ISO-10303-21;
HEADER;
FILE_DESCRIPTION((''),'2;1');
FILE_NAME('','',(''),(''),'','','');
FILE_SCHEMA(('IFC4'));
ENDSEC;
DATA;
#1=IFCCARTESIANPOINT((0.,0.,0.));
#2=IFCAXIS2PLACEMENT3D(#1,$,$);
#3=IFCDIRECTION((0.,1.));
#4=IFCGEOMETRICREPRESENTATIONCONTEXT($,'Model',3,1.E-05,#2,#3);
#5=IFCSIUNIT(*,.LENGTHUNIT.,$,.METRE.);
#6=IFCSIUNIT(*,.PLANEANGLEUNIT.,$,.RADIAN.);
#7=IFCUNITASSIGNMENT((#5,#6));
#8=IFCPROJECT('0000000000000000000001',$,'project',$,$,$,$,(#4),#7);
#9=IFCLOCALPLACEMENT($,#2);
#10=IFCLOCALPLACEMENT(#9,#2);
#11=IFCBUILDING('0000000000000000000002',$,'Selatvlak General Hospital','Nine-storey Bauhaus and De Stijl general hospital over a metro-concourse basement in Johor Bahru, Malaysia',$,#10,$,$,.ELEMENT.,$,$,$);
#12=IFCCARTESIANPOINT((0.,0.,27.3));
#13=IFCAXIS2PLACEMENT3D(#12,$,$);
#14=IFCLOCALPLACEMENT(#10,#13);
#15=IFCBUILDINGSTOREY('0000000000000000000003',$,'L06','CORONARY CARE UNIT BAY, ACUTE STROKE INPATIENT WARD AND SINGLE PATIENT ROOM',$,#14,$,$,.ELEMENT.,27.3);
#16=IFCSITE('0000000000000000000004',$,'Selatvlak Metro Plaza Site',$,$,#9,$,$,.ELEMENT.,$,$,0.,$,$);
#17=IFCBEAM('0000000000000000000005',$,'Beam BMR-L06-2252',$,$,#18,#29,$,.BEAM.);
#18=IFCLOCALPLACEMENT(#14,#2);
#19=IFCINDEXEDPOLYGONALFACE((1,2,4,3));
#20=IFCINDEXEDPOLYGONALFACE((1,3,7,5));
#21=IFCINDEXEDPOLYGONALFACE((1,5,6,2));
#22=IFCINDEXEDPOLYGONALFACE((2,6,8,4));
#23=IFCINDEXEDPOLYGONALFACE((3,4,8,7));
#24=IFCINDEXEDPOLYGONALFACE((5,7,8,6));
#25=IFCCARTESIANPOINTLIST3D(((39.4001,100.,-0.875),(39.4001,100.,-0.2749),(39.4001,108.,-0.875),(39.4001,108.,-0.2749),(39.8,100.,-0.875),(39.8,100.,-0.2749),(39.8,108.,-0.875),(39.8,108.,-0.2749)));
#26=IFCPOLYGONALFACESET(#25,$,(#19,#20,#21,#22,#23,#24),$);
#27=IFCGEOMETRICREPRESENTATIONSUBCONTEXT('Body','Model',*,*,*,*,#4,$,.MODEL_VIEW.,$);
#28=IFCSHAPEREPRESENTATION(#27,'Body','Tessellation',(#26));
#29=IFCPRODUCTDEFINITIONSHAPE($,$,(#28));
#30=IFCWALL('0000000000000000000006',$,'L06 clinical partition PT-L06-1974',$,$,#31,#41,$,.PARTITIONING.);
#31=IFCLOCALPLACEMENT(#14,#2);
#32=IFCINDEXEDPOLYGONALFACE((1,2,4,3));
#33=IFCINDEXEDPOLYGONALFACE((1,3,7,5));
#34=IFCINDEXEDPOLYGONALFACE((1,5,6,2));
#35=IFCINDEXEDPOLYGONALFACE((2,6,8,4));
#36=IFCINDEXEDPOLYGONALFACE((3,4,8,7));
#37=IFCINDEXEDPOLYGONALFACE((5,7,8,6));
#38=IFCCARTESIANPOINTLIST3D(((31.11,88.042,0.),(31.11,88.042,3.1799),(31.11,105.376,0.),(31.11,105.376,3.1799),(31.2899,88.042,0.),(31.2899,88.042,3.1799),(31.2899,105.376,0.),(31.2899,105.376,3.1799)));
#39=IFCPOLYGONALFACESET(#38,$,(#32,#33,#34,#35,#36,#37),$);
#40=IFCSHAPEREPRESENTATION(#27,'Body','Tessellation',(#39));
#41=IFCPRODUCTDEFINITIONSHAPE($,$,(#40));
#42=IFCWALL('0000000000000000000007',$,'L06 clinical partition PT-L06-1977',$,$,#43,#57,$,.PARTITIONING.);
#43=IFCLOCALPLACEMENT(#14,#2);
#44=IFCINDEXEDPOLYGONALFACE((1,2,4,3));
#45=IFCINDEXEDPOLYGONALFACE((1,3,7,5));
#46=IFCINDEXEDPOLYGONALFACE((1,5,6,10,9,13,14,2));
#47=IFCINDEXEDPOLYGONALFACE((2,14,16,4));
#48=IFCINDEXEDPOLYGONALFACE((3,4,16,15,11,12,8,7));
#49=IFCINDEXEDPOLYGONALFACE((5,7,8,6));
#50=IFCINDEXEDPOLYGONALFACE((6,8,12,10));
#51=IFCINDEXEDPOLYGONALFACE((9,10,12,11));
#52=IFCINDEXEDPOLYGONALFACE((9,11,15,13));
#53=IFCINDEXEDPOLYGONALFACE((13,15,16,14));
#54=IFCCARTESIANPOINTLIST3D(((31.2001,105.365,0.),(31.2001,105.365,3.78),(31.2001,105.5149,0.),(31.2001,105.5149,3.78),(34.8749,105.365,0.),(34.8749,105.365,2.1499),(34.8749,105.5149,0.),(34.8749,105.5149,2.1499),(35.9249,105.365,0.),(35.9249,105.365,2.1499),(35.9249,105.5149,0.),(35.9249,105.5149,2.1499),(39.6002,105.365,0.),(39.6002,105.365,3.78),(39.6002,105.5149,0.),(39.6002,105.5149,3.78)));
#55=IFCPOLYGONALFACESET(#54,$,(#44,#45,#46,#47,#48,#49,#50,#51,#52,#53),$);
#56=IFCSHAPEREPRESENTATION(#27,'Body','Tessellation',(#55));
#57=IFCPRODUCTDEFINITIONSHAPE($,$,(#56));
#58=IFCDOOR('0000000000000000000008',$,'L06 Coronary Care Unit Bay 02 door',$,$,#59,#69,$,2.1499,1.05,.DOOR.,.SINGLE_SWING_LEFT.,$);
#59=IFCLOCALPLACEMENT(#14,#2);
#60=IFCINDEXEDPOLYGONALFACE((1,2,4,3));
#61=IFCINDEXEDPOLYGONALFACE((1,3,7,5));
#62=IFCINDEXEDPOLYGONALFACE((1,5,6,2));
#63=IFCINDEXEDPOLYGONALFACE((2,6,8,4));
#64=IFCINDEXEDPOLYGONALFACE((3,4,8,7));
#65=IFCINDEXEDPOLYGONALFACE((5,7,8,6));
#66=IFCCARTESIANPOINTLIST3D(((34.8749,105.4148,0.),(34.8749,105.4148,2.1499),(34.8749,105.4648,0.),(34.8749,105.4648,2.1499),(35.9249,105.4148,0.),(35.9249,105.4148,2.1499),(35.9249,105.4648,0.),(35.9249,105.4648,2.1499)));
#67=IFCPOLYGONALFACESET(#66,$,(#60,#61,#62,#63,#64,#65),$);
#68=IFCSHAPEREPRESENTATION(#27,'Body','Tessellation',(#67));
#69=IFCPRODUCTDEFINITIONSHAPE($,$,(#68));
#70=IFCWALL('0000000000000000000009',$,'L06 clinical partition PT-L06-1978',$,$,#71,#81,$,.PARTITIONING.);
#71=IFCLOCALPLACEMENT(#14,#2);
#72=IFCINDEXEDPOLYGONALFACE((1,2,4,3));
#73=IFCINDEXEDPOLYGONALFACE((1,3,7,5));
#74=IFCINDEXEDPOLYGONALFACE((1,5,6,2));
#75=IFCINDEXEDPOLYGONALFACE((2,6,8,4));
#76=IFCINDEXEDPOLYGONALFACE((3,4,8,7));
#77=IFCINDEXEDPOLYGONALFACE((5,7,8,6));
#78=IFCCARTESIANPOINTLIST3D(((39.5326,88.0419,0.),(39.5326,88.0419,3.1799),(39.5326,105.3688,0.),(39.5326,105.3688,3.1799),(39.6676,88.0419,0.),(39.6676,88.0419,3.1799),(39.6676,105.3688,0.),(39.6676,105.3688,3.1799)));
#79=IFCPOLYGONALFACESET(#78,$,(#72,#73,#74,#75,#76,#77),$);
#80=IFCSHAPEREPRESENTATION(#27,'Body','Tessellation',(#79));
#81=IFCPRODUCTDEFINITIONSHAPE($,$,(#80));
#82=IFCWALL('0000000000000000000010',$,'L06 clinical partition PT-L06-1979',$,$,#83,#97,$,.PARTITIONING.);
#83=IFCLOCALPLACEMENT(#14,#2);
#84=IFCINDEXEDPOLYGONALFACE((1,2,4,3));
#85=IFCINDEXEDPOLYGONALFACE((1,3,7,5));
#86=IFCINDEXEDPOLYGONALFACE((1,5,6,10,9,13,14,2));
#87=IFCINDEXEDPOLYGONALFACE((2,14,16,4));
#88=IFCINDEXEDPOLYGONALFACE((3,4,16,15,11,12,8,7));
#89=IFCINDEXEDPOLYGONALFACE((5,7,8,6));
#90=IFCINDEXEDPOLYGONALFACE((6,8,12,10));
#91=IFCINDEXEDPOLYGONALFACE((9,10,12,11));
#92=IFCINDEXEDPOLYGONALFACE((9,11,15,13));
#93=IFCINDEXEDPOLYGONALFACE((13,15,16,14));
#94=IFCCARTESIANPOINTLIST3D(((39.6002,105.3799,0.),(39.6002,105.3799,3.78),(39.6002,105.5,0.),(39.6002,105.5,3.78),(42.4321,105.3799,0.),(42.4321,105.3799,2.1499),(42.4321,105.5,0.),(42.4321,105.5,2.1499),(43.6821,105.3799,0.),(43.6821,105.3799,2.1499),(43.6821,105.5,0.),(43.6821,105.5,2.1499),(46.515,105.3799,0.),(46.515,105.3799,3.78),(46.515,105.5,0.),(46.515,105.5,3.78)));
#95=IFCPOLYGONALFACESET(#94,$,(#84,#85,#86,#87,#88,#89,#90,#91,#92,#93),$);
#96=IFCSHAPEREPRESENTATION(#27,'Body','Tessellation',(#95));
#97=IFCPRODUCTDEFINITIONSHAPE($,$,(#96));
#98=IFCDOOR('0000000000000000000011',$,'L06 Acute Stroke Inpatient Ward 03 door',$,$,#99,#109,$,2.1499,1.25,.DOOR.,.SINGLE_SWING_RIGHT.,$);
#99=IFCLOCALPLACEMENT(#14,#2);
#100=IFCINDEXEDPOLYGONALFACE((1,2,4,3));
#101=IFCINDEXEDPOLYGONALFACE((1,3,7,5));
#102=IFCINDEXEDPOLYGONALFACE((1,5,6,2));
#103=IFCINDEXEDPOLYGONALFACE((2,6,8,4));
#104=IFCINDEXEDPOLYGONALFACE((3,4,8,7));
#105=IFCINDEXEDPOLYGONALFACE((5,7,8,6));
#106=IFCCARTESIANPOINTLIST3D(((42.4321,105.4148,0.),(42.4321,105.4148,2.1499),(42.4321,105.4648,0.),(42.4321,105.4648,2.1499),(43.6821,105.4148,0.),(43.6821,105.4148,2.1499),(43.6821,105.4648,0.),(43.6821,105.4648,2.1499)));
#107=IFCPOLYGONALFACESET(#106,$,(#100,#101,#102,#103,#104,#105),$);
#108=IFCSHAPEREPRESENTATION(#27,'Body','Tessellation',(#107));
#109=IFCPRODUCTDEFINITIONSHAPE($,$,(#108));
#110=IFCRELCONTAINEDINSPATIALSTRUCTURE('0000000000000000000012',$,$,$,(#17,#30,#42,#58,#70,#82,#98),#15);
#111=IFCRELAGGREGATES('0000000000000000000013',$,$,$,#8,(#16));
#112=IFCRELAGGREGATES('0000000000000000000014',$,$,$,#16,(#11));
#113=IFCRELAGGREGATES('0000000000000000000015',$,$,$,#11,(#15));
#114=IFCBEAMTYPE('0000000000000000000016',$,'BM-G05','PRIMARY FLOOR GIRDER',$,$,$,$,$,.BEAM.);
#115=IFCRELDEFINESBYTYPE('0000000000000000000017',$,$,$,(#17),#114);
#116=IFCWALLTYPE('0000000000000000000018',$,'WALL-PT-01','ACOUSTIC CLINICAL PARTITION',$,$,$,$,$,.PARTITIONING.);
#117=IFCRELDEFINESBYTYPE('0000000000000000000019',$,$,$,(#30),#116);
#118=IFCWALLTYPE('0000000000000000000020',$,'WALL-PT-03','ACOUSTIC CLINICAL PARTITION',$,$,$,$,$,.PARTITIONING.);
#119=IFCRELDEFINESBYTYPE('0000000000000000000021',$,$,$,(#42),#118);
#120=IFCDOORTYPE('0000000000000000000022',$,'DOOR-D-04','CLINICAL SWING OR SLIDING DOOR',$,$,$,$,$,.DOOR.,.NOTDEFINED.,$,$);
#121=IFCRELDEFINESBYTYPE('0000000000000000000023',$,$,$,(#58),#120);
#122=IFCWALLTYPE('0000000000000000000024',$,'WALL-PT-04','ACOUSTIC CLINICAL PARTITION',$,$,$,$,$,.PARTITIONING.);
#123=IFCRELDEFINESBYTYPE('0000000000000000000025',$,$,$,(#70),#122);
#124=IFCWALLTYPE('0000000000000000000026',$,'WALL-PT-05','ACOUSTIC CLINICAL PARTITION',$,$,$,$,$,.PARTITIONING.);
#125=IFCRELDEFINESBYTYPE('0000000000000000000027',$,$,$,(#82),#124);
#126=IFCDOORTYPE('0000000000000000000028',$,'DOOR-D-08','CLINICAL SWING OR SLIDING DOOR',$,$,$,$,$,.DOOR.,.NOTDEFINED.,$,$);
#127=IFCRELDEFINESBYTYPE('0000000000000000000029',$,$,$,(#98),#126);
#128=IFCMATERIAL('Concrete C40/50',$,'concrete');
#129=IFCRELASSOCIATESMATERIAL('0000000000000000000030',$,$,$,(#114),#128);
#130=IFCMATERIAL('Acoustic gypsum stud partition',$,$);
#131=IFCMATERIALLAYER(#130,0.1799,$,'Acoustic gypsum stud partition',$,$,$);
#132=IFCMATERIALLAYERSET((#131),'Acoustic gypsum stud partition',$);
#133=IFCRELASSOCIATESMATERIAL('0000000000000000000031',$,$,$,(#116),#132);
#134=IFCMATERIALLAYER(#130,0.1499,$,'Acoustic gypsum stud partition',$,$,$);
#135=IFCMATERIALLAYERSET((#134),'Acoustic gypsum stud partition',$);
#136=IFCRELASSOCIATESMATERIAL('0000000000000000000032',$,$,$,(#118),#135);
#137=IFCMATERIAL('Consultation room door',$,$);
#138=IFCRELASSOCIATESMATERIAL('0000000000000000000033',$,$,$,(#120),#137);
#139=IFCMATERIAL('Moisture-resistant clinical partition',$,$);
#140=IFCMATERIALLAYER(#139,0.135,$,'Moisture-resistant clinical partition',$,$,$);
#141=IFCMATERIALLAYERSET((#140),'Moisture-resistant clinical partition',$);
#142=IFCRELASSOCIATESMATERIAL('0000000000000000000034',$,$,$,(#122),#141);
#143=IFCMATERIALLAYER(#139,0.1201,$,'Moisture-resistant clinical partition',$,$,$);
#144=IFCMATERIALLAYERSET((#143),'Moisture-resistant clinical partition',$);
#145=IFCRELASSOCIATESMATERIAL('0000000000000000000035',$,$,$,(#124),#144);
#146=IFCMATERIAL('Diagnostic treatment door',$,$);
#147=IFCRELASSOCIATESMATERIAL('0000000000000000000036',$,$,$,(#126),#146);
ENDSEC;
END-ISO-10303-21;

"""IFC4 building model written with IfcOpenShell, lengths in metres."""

from ifc_helpers import new_model, si_unit, direction, frame, frame_2d, origin, origin_2d, place, context, subcontext, project, spatial, rectangle, extrude, material, layer, layer_set, material_profile, profile_set, type_object, element, fill, save


model = new_model("IFC4")

# Units and contexts
model_context = context("Model", 3, precision=1e-05, world=origin(), true_north=direction((0.0, 1.0)))
body_context = subcontext(model_context, "Body", "Model", "MODEL_VIEW")
ifc_project = project(units=[si_unit("LENGTHUNIT", "METRE"), si_unit("PLANEANGLEUNIT", "RADIAN")], contexts=[model_context])

# Site, building, storey
site_placement = place(None, origin())
site = spatial("IfcSite", under=ifc_project, at=site_placement, Name="Selatvlak Metro Plaza Site", CompositionType="ELEMENT", RefElevation=0.0)
building_placement = place(site_placement, origin())
building = spatial("IfcBuilding", under=site, at=building_placement, Name="Selatvlak General Hospital", Description="Nine-storey Bauhaus and De Stijl general hospital over a metro-concourse basement in Johor Bahru, Malaysia", CompositionType="ELEMENT")
storey_placement = place(building_placement, frame((0.0, 0.0, 27.3)))
storey = spatial("IfcBuildingStorey", under=building, at=storey_placement, Name="L06", Description="CORONARY CARE UNIT BAY, ACUTE STROKE INPATIENT WARD AND SINGLE PATIENT ROOM", CompositionType="ELEMENT", Elevation=27.3)

# Shared definitions
ifc_material_1 = material(Name="Concrete C40/50", Category="concrete")

# Beam
ifc_material_profile_1 = material_profile(ifc_material_1, rectangle(XDim=0.3999, YDim=0.6001, at=origin_2d()), Name="RC-BM 400x600")
ifc_profile_set_1 = profile_set([ifc_material_profile_1], Name="Concrete C40/50")
beam_type_1 = type_object("IfcBeamType", Name="BM-G05", Description="PRIMARY FLOOR GIRDER", PredefinedType="BEAM", material=ifc_profile_set_1)
for number, where, z_axis, x_axis, name in (
    (1, (39.6001, 100.0, -0.575), (0.0, 1.0, 0.0), (-1.0, 0.0, 0.0), "Beam BMR-L06-2252"),
):
    element("IfcBeam", number, at=place(storey_placement, frame(where, z_axis=z_axis, x_axis=x_axis)), inside=storey, type_object=beam_type_1, Name=name, PredefinedType="BEAM", context=body_context, shape_type="SweptSolid", body=[
        extrude(rectangle(XDim=0.3999, YDim=0.6001, at=origin_2d()), origin(), (0.0, 0.0, 1.0), 8.0),
    ])

# Wall
ifc_material_2 = material(Name="Acoustic gypsum stud partition")
ifc_layer_1 = layer(ifc_material_2, 0.1799, Name="Acoustic gypsum stud partition")
ifc_layer_set_1 = layer_set([ifc_layer_1], Name="Acoustic gypsum stud partition")
wall_type_1 = type_object("IfcWallType", Name="WALL-PT-01", Description="ACOUSTIC CLINICAL PARTITION", PredefinedType="PARTITIONING", material=ifc_layer_set_1)
wall_1_placement = place(storey_placement, frame((31.2, 105.376, 0.0), z_axis=(0.0, 0.0, 1.0), x_axis=(0.0, -1.0, 0.0)))
element("IfcWall", 2, at=wall_1_placement, inside=storey, type_object=wall_type_1, Name="L06 clinical partition PT-L06-1974", PredefinedType="PARTITIONING", context=body_context, shape_type="SweptSolid", body=[
    extrude(rectangle(XDim=17.334, YDim=0.1799, at=frame_2d((8.667, 0.0))), origin(), (0.0, 0.0, 1.0), 3.1799),
])

# Wall, opening, door
ifc_layer_2 = layer(ifc_material_2, 0.1499, Name="Acoustic gypsum stud partition")
ifc_layer_set_2 = layer_set([ifc_layer_2], Name="Acoustic gypsum stud partition")
wall_type_2 = type_object("IfcWallType", Name="WALL-PT-03", Description="ACOUSTIC CLINICAL PARTITION", PredefinedType="PARTITIONING", material=ifc_layer_set_2)
wall_2_placement = place(storey_placement, frame((31.2, 105.4399, 0.0), z_axis=(0.0, 0.0, 1.0), x_axis=(1.0, 0.0, 0.0)))
wall_2 = element("IfcWall", 3, at=wall_2_placement, inside=storey, type_object=wall_type_2, Name="L06 clinical partition PT-L06-1977", PredefinedType="PARTITIONING", context=body_context, shape_type="SweptSolid", body=[
    extrude(rectangle(XDim=8.4001, YDim=0.1499, at=frame_2d((4.2002, 0.0))), origin(), (0.0, 0.0, 1.0), 3.78),
])
opening_1_placement = place(wall_2_placement, frame((3.675, 0.0, 0.0)))
opening_1 = element("IfcOpeningElement", 4, at=opening_1_placement, cuts=wall_2, PredefinedType="OPENING", context=body_context, shape_type="SweptSolid", body=[
    extrude(rectangle(XDim=1.05, YDim=2.1499, at=frame_2d((0.5249, 1.075))), frame((0.0, 0.085, 0.0), z_axis=(0.0, -1.0, 0.0), x_axis=(1.0, 0.0, 0.0)), (0.0, 0.0, 1.0), 0.1699),
])
ifc_material_3 = material(Name="Consultation room door")
door_type_1 = type_object("IfcDoorType", Name="DOOR-D-04", Description="CLINICAL SWING OR SLIDING DOOR", OperationType="NOTDEFINED", PredefinedType="DOOR", material=ifc_material_3)
door_1_placement = place(opening_1_placement, origin())
door_1 = element("IfcDoor", 5, at=door_1_placement, inside=storey, type_object=door_type_1, Name="L06 Coronary Care Unit Bay 02 door", OperationType="SINGLE_SWING_LEFT", OverallHeight=2.1499, OverallWidth=1.05, PredefinedType="DOOR", context=body_context, shape_type="SweptSolid", body=[
    extrude(rectangle(XDim=1.05, YDim=2.1499, at=frame_2d((0.5249, 1.075))), frame((0.0, 0.0249, 0.0), z_axis=(0.0, -1.0, 0.0), x_axis=(1.0, 0.0, 0.0)), (0.0, 0.0, 1.0), 0.05),
])
fill(opening_1, door_1)

# Wall
ifc_material_4 = material(Name="Moisture-resistant clinical partition")
ifc_layer_3 = layer(ifc_material_4, 0.135, Name="Moisture-resistant clinical partition")
ifc_layer_set_3 = layer_set([ifc_layer_3], Name="Moisture-resistant clinical partition")
wall_type_3 = type_object("IfcWallType", Name="WALL-PT-04", Description="ACOUSTIC CLINICAL PARTITION", PredefinedType="PARTITIONING", material=ifc_layer_set_3)
wall_3_placement = place(storey_placement, frame((39.6001, 105.3689, 0.0), z_axis=(0.0, 0.0, 1.0), x_axis=(0.0, -1.0, 0.0)))
element("IfcWall", 6, at=wall_3_placement, inside=storey, type_object=wall_type_3, Name="L06 clinical partition PT-L06-1978", PredefinedType="PARTITIONING", context=body_context, shape_type="SweptSolid", body=[
    extrude(rectangle(XDim=17.3269, YDim=0.135, at=frame_2d((8.6636, 0.0))), origin(), (0.0, 0.0, 1.0), 3.1799),
])

# Wall, opening, door
ifc_layer_4 = layer(ifc_material_4, 0.1201, Name="Moisture-resistant clinical partition")
ifc_layer_set_4 = layer_set([ifc_layer_4], Name="Moisture-resistant clinical partition")
wall_type_4 = type_object("IfcWallType", Name="WALL-PT-05", Description="ACOUSTIC CLINICAL PARTITION", PredefinedType="PARTITIONING", material=ifc_layer_set_4)
wall_4_placement = place(storey_placement, frame((39.6001, 105.4399, 0.0), z_axis=(0.0, 0.0, 1.0), x_axis=(1.0, 0.0, 0.0)))
wall_4 = element("IfcWall", 7, at=wall_4_placement, inside=storey, type_object=wall_type_4, Name="L06 clinical partition PT-L06-1979", PredefinedType="PARTITIONING", context=body_context, shape_type="SweptSolid", body=[
    extrude(rectangle(XDim=6.9148, YDim=0.1201, at=frame_2d((3.4575, 0.0))), origin(), (0.0, 0.0, 1.0), 3.78),
])
opening_2_placement = place(wall_4_placement, frame((2.832, 0.0, 0.0)))
opening_2 = element("IfcOpeningElement", 8, at=opening_2_placement, cuts=wall_4, PredefinedType="OPENING", context=body_context, shape_type="SweptSolid", body=[
    extrude(rectangle(XDim=1.25, YDim=2.1499, at=frame_2d((0.625, 1.075))), frame((0.0, 0.0701, 0.0), z_axis=(0.0, -1.0, 0.0), x_axis=(1.0, 0.0, 0.0)), (0.0, 0.0, 1.0), 0.1401),
])
ifc_material_5 = material(Name="Diagnostic treatment door")
door_type_2 = type_object("IfcDoorType", Name="DOOR-D-08", Description="CLINICAL SWING OR SLIDING DOOR", OperationType="NOTDEFINED", PredefinedType="DOOR", material=ifc_material_5)
door_2_placement = place(opening_2_placement, origin())
door_2 = element("IfcDoor", 9, at=door_2_placement, inside=storey, type_object=door_type_2, Name="L06 Acute Stroke Inpatient Ward 03 door", OperationType="SINGLE_SWING_RIGHT", OverallHeight=2.1499, OverallWidth=1.25, PredefinedType="DOOR", context=body_context, shape_type="SweptSolid", body=[
    extrude(rectangle(XDim=1.25, YDim=2.1499, at=frame_2d((0.625, 1.075))), frame((0.0, 0.0249, 0.0), z_axis=(0.0, -1.0, 0.0), x_axis=(1.0, 0.0, 0.0)), (0.0, 0.0, 1.0), 0.05),
])
fill(opening_2, door_2)

save(model, "model.ifc")
